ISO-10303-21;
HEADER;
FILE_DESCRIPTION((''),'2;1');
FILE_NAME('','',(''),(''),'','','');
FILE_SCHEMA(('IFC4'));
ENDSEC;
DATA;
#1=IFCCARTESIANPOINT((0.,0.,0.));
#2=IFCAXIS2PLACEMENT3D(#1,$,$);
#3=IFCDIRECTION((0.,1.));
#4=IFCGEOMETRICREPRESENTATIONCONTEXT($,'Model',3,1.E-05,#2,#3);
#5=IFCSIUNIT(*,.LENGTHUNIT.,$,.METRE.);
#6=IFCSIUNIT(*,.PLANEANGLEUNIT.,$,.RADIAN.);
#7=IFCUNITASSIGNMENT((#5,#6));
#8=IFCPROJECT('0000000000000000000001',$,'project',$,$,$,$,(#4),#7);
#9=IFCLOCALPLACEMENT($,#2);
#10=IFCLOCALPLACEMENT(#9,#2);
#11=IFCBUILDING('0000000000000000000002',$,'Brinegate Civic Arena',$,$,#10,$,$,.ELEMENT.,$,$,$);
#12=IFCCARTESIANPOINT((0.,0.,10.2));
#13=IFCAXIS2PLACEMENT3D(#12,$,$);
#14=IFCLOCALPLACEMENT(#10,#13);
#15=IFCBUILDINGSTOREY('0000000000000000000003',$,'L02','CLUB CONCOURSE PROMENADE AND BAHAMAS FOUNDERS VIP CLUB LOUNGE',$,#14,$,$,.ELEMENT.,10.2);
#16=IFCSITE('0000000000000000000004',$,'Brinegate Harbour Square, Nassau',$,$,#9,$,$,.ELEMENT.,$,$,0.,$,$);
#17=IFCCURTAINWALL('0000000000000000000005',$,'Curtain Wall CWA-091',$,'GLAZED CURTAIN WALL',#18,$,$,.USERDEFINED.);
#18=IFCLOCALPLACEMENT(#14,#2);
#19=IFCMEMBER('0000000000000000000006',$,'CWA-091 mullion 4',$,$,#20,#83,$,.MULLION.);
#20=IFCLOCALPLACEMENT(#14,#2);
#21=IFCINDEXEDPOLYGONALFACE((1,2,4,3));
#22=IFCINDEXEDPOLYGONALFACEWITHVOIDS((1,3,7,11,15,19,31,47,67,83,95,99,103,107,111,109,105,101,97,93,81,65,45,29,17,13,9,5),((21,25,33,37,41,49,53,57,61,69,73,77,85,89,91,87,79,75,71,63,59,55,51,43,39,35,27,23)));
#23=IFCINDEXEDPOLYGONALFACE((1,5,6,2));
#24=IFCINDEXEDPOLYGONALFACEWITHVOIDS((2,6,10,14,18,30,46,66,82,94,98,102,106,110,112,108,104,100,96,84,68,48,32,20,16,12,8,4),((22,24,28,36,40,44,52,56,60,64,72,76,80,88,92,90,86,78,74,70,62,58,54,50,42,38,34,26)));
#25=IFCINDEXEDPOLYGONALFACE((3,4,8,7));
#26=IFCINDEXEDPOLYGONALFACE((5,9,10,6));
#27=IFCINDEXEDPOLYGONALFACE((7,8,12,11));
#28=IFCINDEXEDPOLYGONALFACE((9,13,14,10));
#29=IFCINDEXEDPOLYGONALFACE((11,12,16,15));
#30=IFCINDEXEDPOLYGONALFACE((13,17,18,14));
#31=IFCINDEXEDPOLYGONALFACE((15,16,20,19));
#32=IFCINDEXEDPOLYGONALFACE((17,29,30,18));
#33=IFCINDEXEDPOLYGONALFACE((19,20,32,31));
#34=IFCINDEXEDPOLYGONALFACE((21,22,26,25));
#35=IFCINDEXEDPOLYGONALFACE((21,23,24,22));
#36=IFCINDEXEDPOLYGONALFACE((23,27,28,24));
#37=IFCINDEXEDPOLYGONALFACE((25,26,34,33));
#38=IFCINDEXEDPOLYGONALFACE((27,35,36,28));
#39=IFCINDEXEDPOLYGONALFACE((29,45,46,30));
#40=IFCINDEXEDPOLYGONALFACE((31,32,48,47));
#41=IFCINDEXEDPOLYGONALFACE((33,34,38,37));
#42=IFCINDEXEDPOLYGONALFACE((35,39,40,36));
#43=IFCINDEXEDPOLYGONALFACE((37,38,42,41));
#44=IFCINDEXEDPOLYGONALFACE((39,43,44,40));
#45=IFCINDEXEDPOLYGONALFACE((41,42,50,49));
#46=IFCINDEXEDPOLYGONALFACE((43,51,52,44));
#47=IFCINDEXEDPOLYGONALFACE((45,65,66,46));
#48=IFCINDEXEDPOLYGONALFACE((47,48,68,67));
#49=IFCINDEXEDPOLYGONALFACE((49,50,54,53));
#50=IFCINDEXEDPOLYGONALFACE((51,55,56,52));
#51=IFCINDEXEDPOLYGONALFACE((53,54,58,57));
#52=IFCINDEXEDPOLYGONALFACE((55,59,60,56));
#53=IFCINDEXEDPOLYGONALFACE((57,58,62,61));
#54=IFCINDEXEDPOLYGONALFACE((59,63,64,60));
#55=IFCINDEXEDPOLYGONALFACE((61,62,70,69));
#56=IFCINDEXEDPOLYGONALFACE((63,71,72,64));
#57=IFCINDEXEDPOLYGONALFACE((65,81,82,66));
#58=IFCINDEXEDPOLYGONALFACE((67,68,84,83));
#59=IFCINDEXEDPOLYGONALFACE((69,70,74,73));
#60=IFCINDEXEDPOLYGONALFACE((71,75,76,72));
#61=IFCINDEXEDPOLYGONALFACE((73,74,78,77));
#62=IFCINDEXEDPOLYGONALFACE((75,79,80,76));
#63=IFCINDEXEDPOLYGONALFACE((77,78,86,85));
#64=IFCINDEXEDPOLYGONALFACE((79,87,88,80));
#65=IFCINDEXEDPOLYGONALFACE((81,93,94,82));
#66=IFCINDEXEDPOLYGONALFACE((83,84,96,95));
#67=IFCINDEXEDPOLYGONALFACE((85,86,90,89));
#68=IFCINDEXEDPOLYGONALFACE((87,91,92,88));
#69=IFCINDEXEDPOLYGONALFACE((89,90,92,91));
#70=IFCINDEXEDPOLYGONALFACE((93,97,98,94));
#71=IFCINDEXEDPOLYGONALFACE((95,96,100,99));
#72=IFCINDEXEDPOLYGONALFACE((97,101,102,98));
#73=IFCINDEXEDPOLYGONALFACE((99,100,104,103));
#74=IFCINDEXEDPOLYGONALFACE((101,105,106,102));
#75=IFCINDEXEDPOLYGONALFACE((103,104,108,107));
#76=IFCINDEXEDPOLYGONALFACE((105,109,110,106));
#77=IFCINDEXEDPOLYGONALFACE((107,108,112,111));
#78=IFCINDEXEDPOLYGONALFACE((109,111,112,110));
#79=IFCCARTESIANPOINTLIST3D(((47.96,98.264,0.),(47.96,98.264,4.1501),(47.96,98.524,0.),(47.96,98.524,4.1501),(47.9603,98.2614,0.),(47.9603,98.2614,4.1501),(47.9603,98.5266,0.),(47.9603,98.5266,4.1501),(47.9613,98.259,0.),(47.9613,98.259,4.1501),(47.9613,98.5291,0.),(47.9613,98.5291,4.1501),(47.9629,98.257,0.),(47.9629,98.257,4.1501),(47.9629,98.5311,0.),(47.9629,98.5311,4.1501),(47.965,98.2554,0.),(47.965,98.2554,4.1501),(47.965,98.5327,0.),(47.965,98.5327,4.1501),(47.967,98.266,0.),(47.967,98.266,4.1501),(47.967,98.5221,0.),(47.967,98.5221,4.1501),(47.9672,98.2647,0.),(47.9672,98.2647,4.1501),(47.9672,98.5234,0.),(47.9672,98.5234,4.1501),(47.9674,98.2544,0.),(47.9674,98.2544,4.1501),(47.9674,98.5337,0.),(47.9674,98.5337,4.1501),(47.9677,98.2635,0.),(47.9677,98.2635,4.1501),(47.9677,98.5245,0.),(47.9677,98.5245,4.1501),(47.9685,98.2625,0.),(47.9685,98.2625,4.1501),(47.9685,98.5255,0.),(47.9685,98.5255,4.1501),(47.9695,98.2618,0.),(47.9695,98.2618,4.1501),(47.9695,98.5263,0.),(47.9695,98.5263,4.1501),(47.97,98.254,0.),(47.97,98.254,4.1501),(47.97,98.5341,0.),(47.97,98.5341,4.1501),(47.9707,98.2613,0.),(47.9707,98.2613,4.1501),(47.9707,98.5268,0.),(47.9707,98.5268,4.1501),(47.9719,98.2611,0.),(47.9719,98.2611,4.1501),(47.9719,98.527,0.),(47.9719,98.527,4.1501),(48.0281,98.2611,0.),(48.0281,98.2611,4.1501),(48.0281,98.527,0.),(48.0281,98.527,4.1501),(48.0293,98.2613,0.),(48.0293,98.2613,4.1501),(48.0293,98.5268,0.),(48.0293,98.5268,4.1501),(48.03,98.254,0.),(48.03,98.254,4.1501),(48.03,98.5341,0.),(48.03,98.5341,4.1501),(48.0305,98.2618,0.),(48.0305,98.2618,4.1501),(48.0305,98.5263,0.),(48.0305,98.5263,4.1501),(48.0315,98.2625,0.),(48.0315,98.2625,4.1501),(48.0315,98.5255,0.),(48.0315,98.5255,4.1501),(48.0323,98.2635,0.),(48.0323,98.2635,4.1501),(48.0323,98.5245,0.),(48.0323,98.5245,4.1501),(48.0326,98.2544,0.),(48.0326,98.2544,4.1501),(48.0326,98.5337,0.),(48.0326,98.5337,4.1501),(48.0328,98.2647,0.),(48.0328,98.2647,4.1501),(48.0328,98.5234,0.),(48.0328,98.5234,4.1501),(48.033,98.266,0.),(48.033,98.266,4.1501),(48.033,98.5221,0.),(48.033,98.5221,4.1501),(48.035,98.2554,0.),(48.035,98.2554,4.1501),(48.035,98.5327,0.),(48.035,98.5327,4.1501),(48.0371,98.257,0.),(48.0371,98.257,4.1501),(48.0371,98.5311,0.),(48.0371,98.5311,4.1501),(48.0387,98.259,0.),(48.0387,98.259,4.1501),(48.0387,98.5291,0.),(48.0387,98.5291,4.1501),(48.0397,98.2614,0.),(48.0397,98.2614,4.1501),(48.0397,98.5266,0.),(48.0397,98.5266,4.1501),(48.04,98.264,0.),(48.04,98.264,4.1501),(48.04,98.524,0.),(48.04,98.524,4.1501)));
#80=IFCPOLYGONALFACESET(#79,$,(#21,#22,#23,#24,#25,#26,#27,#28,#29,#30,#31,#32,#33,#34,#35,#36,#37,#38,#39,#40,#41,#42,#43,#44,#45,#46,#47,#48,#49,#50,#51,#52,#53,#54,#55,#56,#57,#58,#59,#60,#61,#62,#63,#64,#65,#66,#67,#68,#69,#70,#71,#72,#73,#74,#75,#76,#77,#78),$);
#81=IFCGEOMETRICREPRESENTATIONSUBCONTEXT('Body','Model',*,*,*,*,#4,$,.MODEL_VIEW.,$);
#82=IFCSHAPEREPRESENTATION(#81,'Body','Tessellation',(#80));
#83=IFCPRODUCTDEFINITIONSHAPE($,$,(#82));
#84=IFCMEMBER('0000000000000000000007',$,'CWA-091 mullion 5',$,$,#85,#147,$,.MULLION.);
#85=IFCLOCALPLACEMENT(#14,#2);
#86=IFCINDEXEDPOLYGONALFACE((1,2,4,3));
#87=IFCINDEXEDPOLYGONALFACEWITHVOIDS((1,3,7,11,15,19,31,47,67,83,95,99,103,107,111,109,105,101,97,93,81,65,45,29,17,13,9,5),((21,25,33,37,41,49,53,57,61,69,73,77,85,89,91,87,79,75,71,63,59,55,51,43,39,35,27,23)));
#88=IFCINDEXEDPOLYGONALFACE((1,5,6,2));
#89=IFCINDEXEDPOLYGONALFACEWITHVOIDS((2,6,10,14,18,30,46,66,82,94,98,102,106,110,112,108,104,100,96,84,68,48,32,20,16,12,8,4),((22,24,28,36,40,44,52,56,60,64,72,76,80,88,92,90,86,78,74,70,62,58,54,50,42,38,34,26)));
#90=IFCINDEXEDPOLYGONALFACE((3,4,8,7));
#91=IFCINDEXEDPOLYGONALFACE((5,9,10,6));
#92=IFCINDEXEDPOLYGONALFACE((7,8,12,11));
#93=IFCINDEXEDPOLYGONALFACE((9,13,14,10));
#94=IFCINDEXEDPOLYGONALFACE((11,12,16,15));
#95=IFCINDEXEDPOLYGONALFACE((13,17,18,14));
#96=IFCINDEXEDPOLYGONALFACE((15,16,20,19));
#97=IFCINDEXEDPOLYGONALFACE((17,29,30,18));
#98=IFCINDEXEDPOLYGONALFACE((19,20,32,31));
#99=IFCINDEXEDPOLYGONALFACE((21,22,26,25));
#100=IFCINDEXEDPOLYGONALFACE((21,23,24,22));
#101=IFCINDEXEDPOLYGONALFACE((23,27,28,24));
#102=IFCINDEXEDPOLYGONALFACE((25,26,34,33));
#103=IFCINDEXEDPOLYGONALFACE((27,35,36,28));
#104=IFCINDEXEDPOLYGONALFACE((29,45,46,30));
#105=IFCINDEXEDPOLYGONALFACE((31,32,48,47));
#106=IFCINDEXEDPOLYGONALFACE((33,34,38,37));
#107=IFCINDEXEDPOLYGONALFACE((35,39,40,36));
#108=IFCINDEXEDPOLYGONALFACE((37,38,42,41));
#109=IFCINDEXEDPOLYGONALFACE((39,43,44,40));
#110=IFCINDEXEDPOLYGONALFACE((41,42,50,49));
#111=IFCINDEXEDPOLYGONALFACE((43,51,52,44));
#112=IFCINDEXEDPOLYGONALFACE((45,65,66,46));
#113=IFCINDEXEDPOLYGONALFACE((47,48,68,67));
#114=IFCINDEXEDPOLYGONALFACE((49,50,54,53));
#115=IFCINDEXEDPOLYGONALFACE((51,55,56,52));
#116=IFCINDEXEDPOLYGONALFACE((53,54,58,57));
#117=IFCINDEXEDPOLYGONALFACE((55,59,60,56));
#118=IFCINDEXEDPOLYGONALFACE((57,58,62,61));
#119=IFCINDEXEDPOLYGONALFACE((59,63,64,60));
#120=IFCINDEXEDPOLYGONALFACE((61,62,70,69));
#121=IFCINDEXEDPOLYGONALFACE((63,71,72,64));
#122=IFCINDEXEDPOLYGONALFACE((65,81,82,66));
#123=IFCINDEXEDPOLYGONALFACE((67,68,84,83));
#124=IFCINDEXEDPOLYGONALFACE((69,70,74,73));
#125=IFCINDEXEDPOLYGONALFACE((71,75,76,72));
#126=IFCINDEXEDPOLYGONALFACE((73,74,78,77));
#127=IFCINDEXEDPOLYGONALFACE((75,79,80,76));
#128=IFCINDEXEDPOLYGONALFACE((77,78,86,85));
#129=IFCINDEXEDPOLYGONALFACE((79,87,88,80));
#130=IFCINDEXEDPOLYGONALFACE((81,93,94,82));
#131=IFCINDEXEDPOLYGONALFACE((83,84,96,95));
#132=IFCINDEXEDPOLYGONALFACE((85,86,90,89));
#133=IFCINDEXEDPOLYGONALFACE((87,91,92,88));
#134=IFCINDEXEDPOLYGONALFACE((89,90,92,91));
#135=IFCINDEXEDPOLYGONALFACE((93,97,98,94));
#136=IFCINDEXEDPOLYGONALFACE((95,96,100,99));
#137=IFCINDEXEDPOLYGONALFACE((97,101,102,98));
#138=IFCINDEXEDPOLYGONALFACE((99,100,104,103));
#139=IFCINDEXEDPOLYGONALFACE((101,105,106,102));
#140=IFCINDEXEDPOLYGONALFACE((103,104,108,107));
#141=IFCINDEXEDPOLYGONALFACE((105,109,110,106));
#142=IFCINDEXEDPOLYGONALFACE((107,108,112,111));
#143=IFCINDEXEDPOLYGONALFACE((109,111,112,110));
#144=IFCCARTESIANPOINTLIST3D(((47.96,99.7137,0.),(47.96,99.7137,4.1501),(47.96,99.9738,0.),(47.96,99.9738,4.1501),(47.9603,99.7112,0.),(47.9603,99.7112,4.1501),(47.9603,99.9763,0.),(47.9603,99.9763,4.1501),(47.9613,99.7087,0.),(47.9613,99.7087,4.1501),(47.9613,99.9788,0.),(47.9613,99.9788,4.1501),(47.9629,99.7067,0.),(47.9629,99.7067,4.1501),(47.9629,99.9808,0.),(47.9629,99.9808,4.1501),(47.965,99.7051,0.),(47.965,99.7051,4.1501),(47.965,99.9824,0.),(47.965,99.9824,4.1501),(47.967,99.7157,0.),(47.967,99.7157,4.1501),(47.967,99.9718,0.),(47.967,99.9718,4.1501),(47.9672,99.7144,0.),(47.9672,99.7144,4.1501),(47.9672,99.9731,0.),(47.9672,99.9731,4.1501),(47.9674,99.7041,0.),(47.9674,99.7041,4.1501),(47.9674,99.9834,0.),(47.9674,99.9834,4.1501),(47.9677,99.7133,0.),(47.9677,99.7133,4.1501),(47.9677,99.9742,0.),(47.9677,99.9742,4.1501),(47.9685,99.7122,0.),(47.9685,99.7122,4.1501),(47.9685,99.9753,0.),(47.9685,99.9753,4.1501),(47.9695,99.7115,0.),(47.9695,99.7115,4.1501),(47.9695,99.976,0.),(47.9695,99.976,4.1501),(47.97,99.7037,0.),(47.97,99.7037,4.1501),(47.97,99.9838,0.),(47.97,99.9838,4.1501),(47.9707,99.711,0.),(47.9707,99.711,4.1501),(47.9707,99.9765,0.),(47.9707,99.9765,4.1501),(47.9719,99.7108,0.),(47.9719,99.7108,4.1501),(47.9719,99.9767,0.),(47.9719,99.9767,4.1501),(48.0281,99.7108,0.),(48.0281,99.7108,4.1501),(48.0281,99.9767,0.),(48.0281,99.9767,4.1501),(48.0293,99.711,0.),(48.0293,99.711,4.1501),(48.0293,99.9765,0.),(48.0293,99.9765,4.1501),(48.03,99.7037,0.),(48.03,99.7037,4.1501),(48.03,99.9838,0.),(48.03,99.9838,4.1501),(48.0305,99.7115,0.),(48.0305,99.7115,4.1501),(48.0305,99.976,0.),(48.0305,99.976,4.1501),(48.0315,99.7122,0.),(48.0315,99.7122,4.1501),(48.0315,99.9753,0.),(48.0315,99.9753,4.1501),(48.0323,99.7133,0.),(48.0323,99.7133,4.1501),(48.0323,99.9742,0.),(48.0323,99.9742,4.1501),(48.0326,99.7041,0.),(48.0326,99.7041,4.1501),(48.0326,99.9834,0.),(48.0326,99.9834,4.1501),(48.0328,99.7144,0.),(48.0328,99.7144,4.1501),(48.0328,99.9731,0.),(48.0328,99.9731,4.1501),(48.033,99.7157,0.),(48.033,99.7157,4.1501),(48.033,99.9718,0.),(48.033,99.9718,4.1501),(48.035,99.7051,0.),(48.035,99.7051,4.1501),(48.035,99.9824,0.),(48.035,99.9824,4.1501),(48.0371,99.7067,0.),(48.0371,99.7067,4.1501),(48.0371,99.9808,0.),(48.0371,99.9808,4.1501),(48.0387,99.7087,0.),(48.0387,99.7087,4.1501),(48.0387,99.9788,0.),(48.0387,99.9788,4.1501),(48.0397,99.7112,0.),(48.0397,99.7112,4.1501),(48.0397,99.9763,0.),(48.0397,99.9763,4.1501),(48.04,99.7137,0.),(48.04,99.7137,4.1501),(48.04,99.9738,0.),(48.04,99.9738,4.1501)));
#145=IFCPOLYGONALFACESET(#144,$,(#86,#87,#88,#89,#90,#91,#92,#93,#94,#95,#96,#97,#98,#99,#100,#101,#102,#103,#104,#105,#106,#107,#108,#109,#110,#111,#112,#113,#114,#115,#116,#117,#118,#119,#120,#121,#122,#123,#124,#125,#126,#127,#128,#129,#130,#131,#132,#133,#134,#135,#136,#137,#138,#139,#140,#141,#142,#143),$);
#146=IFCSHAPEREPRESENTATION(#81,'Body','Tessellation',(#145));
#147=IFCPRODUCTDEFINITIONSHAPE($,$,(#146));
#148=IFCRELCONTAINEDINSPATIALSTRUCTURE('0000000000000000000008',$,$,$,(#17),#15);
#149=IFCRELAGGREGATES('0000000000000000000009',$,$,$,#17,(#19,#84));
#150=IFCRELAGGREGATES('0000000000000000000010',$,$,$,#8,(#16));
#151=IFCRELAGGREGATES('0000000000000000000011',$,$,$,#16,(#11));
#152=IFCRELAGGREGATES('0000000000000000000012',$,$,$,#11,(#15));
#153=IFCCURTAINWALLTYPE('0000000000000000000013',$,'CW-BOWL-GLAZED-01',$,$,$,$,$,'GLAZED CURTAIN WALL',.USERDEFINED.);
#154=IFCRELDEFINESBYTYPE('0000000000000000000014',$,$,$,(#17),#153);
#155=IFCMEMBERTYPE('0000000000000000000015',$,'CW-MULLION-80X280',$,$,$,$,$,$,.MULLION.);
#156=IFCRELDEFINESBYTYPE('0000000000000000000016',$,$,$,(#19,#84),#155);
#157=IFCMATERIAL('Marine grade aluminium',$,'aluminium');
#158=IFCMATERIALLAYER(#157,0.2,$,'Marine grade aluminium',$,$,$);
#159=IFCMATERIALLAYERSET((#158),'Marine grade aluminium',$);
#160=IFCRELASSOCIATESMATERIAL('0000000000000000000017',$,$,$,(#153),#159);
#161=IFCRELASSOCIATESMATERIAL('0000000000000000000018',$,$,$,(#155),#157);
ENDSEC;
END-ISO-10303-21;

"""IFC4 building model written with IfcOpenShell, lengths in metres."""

from ifc_helpers import new_model, si_unit, direction, frame, origin, origin_2d, place, context, subcontext, project, spatial, hollow_rectangle, extrude, material, layer, layer_set, material_profile, profile_set, type_object, element, aggregate, save


model = new_model("IFC4")

# Units and contexts
model_context = context("Model", 3, precision=1e-05, world=origin(), true_north=direction((0.0, 1.0)))
body_context = subcontext(model_context, "Body", "Model", "MODEL_VIEW")
ifc_project = project(units=[si_unit("LENGTHUNIT", "METRE"), si_unit("PLANEANGLEUNIT", "RADIAN")], contexts=[model_context])

# Site, building, storey
site_placement = place(None, origin())
site = spatial("IfcSite", under=ifc_project, at=site_placement, Name="Brinegate Harbour Square, Nassau", CompositionType="ELEMENT", RefElevation=0.0)
building_placement = place(site_placement, origin())
building = spatial("IfcBuilding", under=site, at=building_placement, Name="Brinegate Civic Arena", CompositionType="ELEMENT")
storey_placement = place(building_placement, frame((0.0, 0.0, 10.2)))
storey = spatial("IfcBuildingStorey", under=building, at=storey_placement, Name="L02", Description="CLUB CONCOURSE PROMENADE AND BAHAMAS FOUNDERS VIP CLUB LOUNGE", CompositionType="ELEMENT", Elevation=10.2)

# Shared definitions
ifc_material_1 = material(Name="Marine grade aluminium", Category="aluminium")
ifc_layer_1 = layer(ifc_material_1, 0.2, Name="Marine grade aluminium")
ifc_layer_set_1 = layer_set([ifc_layer_1], Name="Marine grade aluminium")
curtain_wall_type = type_object("IfcCurtainWallType", Name="CW-BOWL-GLAZED-01", ElementType="GLAZED CURTAIN WALL", PredefinedType="USERDEFINED", material=ifc_layer_set_1)

# Curtain wall, members
curtain_wall_1_placement = place(storey_placement, origin())
curtain_wall_1 = element("IfcCurtainWall", 1, at=curtain_wall_1_placement, inside=storey, type_object=curtain_wall_type, Name="Curtain Wall CWA-091", ObjectType="GLAZED CURTAIN WALL", PredefinedType="USERDEFINED")
ifc_material_profile_1 = material_profile(ifc_material_1, hollow_rectangle(XDim=0.0801, YDim=0.28, WallThickness=0.0071, InnerFilletRadius=0.0049, OuterFilletRadius=0.01, at=origin_2d()), Name="MUL80X280")
ifc_profile_set_1 = profile_set([ifc_material_profile_1], Name="Marine grade aluminium")
member_type_1 = type_object("IfcMemberType", Name="CW-MULLION-80X280", PredefinedType="MULLION", material=ifc_profile_set_1)
member_1_placement = place(storey_placement, frame((48.0, 98.394, 0.0), z_axis=(0.0, 0.0, 1.0), x_axis=(-1.0, 0.0, 0.0)))
member_1 = element("IfcMember", 2, at=member_1_placement, type_object=member_type_1, Name="CWA-091 mullion 4", PredefinedType="MULLION", context=body_context, shape_type="SweptSolid", body=[
    extrude(hollow_rectangle(XDim=0.0801, YDim=0.28, WallThickness=0.0071, InnerFilletRadius=0.0049, OuterFilletRadius=0.01, at=origin_2d()), origin(), (0.0, 0.0, 1.0), 4.1501),
])
member_2_placement = place(storey_placement, frame((48.0, 99.8438, 0.0), z_axis=(0.0, 0.0, 1.0), x_axis=(-1.0, 0.0, 0.0)))
member_2 = element("IfcMember", 3, at=member_2_placement, type_object=member_type_1, Name="CWA-091 mullion 5", PredefinedType="MULLION", context=body_context, shape_type="SweptSolid", body=[
    extrude(hollow_rectangle(XDim=0.0801, YDim=0.28, WallThickness=0.0071, InnerFilletRadius=0.0049, OuterFilletRadius=0.01, at=origin_2d()), origin(), (0.0, 0.0, 1.0), 4.1501),
])

aggregate(curtain_wall_1, [member_1, member_2])

save(model, "model.ifc")
